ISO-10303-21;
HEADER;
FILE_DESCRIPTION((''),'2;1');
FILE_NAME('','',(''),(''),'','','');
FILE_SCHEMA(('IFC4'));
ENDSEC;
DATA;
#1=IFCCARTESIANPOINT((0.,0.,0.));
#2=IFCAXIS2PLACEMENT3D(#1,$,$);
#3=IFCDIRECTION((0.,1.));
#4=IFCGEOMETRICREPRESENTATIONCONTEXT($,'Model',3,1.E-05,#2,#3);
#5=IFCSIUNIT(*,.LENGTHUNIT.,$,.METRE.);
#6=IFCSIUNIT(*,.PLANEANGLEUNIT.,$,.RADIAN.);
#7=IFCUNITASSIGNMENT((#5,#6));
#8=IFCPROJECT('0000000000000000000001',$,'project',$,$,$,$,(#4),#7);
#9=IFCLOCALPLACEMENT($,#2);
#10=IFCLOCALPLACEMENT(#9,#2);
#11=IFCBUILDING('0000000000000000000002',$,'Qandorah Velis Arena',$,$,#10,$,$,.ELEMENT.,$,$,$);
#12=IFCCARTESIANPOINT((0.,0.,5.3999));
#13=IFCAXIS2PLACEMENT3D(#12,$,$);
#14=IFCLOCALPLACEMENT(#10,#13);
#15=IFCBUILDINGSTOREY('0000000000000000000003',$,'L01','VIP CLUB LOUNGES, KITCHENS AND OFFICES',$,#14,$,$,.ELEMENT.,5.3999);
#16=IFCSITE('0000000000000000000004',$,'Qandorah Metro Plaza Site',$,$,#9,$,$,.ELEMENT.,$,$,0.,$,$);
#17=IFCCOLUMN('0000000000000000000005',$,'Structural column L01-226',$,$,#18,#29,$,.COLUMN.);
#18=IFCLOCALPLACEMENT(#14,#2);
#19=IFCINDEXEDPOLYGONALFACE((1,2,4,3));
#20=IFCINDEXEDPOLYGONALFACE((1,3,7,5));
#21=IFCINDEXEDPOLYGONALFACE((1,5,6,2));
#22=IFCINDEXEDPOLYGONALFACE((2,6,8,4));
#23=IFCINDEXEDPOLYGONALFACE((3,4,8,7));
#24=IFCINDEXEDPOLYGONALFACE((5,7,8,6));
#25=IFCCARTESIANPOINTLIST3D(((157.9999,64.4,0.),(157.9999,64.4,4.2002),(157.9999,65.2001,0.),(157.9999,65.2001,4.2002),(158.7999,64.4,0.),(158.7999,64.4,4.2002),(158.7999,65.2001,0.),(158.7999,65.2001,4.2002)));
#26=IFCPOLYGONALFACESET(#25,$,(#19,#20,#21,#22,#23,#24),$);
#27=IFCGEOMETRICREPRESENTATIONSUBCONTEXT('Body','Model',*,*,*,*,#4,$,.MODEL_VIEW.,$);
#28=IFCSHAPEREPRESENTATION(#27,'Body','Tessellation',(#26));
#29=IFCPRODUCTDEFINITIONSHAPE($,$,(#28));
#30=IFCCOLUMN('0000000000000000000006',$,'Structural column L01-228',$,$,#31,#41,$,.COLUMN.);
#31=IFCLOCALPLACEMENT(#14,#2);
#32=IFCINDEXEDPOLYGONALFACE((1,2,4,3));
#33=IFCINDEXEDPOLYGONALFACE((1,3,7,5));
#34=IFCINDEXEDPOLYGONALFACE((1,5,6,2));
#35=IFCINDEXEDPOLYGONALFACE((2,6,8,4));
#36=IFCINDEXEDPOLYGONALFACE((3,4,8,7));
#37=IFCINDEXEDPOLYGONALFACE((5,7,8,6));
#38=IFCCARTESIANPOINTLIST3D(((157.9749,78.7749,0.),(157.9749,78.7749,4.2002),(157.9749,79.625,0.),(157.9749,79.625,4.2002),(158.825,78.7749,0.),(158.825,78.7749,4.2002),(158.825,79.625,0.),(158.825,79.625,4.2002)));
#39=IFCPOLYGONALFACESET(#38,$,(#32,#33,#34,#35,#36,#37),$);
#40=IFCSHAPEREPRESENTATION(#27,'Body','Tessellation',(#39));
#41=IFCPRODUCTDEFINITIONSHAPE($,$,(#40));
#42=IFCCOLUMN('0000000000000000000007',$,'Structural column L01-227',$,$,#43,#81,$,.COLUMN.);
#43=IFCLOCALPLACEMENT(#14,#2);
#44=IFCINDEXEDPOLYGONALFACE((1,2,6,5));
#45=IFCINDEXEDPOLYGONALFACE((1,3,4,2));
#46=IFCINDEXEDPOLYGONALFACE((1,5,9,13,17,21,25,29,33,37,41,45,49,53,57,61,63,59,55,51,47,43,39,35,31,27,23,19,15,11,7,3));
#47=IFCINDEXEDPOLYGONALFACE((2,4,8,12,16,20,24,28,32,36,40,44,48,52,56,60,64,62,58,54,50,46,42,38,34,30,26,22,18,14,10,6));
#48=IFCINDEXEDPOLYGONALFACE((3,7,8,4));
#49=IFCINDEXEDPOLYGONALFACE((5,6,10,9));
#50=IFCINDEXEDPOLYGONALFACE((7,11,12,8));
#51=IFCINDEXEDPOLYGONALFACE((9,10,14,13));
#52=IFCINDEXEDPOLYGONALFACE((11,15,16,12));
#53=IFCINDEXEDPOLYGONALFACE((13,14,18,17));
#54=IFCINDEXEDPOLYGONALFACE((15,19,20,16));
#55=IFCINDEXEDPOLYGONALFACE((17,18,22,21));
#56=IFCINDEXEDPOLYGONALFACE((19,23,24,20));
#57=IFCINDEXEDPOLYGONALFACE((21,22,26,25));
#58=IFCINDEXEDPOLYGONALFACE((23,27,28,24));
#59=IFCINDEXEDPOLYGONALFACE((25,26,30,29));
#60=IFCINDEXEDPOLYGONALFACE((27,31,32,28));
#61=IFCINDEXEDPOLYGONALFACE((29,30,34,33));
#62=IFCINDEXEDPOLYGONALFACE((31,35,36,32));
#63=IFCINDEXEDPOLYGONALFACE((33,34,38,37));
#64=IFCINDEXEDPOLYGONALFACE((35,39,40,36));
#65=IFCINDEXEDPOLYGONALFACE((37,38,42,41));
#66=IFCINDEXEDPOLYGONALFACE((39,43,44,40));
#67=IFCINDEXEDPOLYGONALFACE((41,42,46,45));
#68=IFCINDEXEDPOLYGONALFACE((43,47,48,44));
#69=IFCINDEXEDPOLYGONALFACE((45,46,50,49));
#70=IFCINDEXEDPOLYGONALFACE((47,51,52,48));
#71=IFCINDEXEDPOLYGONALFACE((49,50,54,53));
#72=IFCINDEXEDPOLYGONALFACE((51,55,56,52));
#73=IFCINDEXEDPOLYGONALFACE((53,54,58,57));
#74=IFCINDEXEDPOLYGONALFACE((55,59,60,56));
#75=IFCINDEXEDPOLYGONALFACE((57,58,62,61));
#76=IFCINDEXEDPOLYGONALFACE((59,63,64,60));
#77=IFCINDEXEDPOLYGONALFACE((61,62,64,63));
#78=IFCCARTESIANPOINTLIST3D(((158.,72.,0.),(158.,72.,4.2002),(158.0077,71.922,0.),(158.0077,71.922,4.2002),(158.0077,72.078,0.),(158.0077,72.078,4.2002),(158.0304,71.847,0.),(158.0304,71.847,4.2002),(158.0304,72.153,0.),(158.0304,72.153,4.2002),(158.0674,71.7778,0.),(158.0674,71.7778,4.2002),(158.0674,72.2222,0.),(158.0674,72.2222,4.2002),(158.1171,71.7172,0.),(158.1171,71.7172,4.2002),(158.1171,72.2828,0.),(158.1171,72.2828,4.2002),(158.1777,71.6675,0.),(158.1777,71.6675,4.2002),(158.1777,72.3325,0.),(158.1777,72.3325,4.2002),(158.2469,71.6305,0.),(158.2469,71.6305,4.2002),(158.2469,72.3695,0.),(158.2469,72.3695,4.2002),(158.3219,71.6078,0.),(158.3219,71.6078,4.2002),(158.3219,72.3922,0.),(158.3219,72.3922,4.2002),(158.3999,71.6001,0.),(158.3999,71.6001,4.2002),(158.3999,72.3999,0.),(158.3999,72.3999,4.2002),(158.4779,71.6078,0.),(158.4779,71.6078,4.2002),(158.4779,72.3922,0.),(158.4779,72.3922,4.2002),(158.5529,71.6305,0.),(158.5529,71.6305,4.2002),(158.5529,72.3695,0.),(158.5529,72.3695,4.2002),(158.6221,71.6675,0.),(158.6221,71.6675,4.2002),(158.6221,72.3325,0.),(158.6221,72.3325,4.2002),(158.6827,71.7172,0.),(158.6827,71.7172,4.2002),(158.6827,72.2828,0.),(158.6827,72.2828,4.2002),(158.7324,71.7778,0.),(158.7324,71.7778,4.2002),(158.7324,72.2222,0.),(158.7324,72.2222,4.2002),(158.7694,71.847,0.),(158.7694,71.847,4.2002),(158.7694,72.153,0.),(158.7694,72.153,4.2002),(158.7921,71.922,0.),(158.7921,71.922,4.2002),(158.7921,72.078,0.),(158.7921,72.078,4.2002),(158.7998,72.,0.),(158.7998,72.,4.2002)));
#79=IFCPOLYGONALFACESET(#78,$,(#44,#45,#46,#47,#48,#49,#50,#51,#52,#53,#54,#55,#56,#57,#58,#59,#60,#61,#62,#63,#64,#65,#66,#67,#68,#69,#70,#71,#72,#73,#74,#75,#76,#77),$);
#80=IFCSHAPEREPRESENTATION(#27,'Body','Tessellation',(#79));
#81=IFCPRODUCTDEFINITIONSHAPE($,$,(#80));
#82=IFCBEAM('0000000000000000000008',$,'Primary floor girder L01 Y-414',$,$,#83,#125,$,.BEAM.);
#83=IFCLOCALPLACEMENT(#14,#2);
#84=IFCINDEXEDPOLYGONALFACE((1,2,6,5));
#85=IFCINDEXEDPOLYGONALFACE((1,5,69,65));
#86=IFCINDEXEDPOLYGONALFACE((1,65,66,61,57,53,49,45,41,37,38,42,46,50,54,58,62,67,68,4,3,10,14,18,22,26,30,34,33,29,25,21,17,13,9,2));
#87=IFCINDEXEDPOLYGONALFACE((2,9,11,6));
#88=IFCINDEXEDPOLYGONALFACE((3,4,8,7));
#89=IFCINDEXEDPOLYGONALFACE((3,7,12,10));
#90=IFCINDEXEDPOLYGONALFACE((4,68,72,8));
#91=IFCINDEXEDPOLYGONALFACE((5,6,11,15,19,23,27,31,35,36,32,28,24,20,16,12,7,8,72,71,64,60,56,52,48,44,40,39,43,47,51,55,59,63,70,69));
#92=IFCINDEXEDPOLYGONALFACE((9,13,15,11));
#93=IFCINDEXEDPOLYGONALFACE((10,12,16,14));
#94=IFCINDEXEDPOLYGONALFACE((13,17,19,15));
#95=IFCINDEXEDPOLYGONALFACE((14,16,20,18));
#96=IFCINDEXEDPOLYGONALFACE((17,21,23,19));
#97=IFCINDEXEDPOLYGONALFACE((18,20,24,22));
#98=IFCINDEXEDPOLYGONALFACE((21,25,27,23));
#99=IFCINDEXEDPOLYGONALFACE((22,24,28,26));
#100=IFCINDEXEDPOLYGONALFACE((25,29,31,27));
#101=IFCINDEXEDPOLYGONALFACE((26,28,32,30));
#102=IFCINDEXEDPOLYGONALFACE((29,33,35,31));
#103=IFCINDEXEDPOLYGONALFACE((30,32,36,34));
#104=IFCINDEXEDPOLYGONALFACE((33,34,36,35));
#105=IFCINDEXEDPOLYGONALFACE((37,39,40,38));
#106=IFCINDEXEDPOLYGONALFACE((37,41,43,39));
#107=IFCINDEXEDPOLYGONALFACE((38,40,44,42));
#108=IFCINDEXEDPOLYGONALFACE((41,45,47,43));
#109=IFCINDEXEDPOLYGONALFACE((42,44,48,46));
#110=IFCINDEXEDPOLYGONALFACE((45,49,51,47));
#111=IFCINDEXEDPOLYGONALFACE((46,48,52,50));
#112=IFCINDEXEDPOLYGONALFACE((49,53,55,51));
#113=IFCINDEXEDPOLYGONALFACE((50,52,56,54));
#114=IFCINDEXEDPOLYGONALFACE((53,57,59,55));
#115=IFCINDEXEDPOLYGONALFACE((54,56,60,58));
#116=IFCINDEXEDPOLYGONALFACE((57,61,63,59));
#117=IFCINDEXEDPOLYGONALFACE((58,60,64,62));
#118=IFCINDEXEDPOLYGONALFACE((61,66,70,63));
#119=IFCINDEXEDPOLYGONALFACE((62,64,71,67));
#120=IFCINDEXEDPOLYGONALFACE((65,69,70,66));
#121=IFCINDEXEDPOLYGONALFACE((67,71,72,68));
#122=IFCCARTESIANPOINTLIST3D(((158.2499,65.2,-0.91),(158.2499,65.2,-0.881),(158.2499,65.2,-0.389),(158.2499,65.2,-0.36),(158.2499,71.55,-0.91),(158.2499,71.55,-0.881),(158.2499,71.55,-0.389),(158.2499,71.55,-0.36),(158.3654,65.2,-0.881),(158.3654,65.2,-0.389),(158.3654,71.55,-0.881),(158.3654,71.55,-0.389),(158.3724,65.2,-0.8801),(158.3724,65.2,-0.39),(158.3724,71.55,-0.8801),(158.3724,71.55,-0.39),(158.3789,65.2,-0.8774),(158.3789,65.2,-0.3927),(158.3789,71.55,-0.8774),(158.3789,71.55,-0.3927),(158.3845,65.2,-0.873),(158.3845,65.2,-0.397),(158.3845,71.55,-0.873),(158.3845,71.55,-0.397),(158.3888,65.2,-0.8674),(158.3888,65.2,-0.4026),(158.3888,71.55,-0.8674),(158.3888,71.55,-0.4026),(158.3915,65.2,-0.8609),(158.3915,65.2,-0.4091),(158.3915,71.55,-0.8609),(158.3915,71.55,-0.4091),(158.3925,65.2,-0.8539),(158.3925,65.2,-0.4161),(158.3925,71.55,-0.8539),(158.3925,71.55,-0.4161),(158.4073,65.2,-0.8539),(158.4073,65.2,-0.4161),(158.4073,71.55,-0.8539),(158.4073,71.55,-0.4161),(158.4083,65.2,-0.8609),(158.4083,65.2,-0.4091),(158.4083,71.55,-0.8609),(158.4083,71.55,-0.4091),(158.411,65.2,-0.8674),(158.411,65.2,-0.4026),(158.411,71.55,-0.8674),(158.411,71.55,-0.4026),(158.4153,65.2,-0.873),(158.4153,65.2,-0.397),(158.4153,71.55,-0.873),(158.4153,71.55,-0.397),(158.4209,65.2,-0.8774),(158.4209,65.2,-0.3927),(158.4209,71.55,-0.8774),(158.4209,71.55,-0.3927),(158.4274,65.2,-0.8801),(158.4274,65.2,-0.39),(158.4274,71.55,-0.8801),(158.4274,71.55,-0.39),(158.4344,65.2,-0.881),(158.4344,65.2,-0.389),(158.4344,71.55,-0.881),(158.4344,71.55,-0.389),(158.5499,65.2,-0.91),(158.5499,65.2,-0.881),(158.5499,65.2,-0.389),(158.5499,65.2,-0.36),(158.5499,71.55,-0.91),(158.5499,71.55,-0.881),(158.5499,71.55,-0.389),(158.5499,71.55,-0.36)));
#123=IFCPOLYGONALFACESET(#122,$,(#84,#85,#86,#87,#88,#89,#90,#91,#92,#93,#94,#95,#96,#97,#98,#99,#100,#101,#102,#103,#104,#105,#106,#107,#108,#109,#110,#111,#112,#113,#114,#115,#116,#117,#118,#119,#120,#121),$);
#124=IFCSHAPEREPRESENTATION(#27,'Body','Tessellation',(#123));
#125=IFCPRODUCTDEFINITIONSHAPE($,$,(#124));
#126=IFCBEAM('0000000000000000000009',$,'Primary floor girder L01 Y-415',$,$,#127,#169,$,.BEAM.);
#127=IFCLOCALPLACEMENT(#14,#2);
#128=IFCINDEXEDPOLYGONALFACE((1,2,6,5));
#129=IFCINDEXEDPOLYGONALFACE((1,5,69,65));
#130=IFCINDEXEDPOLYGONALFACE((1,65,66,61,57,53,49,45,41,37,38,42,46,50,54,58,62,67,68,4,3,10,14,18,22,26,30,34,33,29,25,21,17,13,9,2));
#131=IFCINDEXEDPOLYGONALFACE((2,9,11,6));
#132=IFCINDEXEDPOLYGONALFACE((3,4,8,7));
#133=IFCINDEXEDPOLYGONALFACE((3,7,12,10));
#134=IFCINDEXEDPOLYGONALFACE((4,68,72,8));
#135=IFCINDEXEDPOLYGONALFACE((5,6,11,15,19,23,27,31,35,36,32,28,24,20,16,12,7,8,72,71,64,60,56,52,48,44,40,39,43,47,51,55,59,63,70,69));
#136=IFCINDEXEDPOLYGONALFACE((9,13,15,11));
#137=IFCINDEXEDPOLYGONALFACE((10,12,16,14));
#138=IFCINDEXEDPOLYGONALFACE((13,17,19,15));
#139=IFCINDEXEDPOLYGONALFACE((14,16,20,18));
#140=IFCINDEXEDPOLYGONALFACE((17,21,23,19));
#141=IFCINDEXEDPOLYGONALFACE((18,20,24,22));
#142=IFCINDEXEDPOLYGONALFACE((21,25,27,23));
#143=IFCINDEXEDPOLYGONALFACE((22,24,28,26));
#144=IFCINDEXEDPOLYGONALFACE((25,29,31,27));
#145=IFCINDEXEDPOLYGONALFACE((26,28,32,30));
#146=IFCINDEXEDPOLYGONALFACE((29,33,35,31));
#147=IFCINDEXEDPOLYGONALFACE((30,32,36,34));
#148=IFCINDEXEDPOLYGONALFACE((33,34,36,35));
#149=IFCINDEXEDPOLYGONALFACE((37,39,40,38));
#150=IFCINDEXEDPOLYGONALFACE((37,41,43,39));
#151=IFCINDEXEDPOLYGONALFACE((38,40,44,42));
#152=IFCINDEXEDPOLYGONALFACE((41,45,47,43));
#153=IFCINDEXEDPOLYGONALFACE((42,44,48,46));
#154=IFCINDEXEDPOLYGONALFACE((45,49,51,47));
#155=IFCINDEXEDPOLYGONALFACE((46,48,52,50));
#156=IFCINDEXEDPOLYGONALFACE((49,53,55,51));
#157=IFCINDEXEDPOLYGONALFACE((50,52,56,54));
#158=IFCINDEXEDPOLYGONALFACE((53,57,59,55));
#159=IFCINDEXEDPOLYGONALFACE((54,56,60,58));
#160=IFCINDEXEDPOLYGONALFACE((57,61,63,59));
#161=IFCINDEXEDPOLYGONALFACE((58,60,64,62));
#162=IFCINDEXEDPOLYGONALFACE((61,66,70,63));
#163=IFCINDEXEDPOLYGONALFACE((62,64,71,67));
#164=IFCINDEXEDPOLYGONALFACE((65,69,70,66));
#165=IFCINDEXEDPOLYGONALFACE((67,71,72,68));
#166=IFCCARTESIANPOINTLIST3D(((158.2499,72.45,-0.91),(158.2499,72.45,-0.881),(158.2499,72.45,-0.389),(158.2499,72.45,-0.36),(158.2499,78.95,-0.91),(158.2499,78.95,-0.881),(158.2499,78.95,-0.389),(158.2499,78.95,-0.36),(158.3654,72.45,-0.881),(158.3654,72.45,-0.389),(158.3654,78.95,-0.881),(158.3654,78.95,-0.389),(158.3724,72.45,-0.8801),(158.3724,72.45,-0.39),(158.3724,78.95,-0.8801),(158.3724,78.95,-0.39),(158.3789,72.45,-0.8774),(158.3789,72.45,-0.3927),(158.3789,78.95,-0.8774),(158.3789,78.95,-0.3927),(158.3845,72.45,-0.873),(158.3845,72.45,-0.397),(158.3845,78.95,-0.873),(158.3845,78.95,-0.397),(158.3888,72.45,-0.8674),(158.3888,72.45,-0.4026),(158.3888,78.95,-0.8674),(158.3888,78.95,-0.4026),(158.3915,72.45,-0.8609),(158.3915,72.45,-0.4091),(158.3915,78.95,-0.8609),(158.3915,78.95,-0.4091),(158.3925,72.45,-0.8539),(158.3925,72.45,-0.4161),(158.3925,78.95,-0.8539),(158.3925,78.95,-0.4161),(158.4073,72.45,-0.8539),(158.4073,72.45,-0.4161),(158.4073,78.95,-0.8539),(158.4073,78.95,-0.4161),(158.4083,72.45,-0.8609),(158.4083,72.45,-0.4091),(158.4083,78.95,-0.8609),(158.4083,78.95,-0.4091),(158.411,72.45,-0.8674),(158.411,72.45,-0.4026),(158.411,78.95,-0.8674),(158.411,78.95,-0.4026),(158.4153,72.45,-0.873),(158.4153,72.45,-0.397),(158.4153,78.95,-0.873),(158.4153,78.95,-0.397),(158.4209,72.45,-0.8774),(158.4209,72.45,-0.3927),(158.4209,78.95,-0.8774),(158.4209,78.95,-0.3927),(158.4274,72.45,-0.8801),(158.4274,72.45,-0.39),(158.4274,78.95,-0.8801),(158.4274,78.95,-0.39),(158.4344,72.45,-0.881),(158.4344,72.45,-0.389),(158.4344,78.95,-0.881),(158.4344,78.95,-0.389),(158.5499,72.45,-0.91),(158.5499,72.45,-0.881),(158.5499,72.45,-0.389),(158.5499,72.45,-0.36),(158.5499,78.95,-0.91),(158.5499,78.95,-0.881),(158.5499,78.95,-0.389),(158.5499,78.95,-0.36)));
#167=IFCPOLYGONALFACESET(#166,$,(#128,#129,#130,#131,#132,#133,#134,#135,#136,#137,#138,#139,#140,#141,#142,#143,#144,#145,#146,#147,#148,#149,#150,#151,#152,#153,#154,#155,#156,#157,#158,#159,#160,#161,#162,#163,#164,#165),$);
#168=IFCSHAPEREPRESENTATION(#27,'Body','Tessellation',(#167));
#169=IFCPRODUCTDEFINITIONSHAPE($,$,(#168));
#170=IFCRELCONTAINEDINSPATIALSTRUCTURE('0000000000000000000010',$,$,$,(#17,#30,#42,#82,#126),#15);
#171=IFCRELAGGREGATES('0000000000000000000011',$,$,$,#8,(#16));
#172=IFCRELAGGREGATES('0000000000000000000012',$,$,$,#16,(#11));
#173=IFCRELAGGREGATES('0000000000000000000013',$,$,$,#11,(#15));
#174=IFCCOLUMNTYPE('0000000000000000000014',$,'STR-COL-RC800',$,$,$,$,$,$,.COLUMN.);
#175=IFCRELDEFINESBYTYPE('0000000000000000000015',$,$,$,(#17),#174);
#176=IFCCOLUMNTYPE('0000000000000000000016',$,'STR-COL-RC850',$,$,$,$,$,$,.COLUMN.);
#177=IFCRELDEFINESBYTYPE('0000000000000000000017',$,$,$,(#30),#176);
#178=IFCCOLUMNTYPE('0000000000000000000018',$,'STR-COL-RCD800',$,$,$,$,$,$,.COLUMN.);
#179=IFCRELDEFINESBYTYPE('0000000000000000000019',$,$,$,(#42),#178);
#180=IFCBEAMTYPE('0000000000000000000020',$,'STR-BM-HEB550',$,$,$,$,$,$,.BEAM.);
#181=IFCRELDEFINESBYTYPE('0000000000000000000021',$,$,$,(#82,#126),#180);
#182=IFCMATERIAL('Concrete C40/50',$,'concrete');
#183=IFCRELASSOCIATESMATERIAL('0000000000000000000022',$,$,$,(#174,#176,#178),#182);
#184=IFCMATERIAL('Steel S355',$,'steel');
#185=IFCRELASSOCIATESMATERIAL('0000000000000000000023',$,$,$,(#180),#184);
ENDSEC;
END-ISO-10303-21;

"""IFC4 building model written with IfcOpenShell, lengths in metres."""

from ifc_helpers import new_model, si_unit, direction, frame, origin, origin_2d, place, context, subcontext, project, spatial, rectangle, circle, i_section, extrude, material, material_profile, profile_set, type_object, element, save


model = new_model("IFC4")

# Units and contexts
model_context = context("Model", 3, precision=1e-05, world=origin(), true_north=direction((0.0, 1.0)))
body_context = subcontext(model_context, "Body", "Model", "MODEL_VIEW")
ifc_project = project(units=[si_unit("LENGTHUNIT", "METRE"), si_unit("PLANEANGLEUNIT", "RADIAN")], contexts=[model_context])

# Site, building, storey
site_placement = place(None, origin())
site = spatial("IfcSite", under=ifc_project, at=site_placement, Name="Qandorah Metro Plaza Site", CompositionType="ELEMENT", RefElevation=0.0)
building_placement = place(site_placement, origin())
building = spatial("IfcBuilding", under=site, at=building_placement, Name="Qandorah Velis Arena", CompositionType="ELEMENT")
storey_placement = place(building_placement, frame((0.0, 0.0, 5.3999)))
storey = spatial("IfcBuildingStorey", under=building, at=storey_placement, Name="L01", Description="VIP CLUB LOUNGES, KITCHENS AND OFFICES", CompositionType="ELEMENT", Elevation=5.3999)

# Columns
ifc_material_1 = material(Name="Concrete C40/50", Category="concrete")
ifc_material_profile_1 = material_profile(ifc_material_1, rectangle(XDim=0.8, YDim=0.8, at=origin_2d()), Name="RC COL 800x800")
ifc_profile_set_1 = profile_set([ifc_material_profile_1], Name="Concrete C40/50")
column_type_1 = type_object("IfcColumnType", Name="STR-COL-RC800", PredefinedType="COLUMN", material=ifc_profile_set_1)
column_1_placement = place(storey_placement, frame((158.3999, 64.8, 0.0), z_axis=(0.0, 0.0, 1.0), x_axis=(1.0, 0.0, 0.0)))
element("IfcColumn", 1, at=column_1_placement, inside=storey, type_object=column_type_1, Name="Structural column L01-226", PredefinedType="COLUMN", context=body_context, shape_type="SweptSolid", body=[
    extrude(rectangle(XDim=0.8, YDim=0.8, at=origin_2d()), origin(), (0.0, 0.0, 1.0), 4.2002),
])
ifc_material_profile_2 = material_profile(ifc_material_1, rectangle(XDim=0.8501, YDim=0.8501, at=origin_2d()), Name="RC COL 850x850")
ifc_profile_set_2 = profile_set([ifc_material_profile_2], Name="Concrete C40/50")
column_type_2 = type_object("IfcColumnType", Name="STR-COL-RC850", PredefinedType="COLUMN", material=ifc_profile_set_2)
column_2_placement = place(storey_placement, frame((158.3999, 79.2, 0.0), z_axis=(0.0, 0.0, 1.0), x_axis=(1.0, 0.0, 0.0)))
element("IfcColumn", 2, at=column_2_placement, inside=storey, type_object=column_type_2, Name="Structural column L01-228", PredefinedType="COLUMN", context=body_context, shape_type="SweptSolid", body=[
    extrude(rectangle(XDim=0.8501, YDim=0.8501, at=origin_2d()), origin(), (0.0, 0.0, 1.0), 4.2002),
])
ifc_material_profile_3 = material_profile(ifc_material_1, circle(Radius=0.3999, at=origin_2d()), Name="RC D800")
ifc_profile_set_3 = profile_set([ifc_material_profile_3], Name="Concrete C40/50")
column_type_3 = type_object("IfcColumnType", Name="STR-COL-RCD800", PredefinedType="COLUMN", material=ifc_profile_set_3)
column_3_placement = place(storey_placement, frame((158.3999, 72.0, 0.0), z_axis=(0.0, 0.0, 1.0), x_axis=(1.0, 0.0, 0.0)))
element("IfcColumn", 3, at=column_3_placement, inside=storey, type_object=column_type_3, Name="Structural column L01-227", PredefinedType="COLUMN", context=body_context, shape_type="SweptSolid", body=[
    extrude(circle(Radius=0.3999, at=origin_2d()), origin(), (0.0, 0.0, 1.0), 4.2002),
])

# Beams
ifc_material_2 = material(Name="Steel S355", Category="steel")
ifc_material_profile_4 = material_profile(ifc_material_2, i_section(OverallWidth=0.3, OverallDepth=0.55, WebThickness=0.0149, FlangeThickness=0.0291, FilletRadius=0.0271, at=origin_2d()), Name="HEB 550")
ifc_profile_set_4 = profile_set([ifc_material_profile_4], Name="Steel S355")
beam_type_1 = type_object("IfcBeamType", Name="STR-BM-HEB550", PredefinedType="BEAM", material=ifc_profile_set_4)
beam_1_placement = place(storey_placement, frame((158.3999, 65.2, -0.635), z_axis=(0.0, 1.0, 0.0), x_axis=(-1.0, 0.0, 0.0)))
element("IfcBeam", 4, at=beam_1_placement, inside=storey, type_object=beam_type_1, Name="Primary floor girder L01 Y-414", PredefinedType="BEAM", context=body_context, shape_type="SweptSolid", body=[
    extrude(i_section(OverallWidth=0.3, OverallDepth=0.55, WebThickness=0.0149, FlangeThickness=0.0291, FilletRadius=0.0271, at=origin_2d()), origin(), (0.0, 0.0, 1.0), 6.3501),
])
beam_2_placement = place(storey_placement, frame((158.3999, 72.45, -0.635), z_axis=(0.0, 1.0, 0.0), x_axis=(-1.0, 0.0, 0.0)))
element("IfcBeam", 5, at=beam_2_placement, inside=storey, type_object=beam_type_1, Name="Primary floor girder L01 Y-415", PredefinedType="BEAM", context=body_context, shape_type="SweptSolid", body=[
    extrude(i_section(OverallWidth=0.3, OverallDepth=0.55, WebThickness=0.0149, FlangeThickness=0.0291, FilletRadius=0.0271, at=origin_2d()), origin(), (0.0, 0.0, 1.0), 6.5),
])

save(model, "model.ifc")
